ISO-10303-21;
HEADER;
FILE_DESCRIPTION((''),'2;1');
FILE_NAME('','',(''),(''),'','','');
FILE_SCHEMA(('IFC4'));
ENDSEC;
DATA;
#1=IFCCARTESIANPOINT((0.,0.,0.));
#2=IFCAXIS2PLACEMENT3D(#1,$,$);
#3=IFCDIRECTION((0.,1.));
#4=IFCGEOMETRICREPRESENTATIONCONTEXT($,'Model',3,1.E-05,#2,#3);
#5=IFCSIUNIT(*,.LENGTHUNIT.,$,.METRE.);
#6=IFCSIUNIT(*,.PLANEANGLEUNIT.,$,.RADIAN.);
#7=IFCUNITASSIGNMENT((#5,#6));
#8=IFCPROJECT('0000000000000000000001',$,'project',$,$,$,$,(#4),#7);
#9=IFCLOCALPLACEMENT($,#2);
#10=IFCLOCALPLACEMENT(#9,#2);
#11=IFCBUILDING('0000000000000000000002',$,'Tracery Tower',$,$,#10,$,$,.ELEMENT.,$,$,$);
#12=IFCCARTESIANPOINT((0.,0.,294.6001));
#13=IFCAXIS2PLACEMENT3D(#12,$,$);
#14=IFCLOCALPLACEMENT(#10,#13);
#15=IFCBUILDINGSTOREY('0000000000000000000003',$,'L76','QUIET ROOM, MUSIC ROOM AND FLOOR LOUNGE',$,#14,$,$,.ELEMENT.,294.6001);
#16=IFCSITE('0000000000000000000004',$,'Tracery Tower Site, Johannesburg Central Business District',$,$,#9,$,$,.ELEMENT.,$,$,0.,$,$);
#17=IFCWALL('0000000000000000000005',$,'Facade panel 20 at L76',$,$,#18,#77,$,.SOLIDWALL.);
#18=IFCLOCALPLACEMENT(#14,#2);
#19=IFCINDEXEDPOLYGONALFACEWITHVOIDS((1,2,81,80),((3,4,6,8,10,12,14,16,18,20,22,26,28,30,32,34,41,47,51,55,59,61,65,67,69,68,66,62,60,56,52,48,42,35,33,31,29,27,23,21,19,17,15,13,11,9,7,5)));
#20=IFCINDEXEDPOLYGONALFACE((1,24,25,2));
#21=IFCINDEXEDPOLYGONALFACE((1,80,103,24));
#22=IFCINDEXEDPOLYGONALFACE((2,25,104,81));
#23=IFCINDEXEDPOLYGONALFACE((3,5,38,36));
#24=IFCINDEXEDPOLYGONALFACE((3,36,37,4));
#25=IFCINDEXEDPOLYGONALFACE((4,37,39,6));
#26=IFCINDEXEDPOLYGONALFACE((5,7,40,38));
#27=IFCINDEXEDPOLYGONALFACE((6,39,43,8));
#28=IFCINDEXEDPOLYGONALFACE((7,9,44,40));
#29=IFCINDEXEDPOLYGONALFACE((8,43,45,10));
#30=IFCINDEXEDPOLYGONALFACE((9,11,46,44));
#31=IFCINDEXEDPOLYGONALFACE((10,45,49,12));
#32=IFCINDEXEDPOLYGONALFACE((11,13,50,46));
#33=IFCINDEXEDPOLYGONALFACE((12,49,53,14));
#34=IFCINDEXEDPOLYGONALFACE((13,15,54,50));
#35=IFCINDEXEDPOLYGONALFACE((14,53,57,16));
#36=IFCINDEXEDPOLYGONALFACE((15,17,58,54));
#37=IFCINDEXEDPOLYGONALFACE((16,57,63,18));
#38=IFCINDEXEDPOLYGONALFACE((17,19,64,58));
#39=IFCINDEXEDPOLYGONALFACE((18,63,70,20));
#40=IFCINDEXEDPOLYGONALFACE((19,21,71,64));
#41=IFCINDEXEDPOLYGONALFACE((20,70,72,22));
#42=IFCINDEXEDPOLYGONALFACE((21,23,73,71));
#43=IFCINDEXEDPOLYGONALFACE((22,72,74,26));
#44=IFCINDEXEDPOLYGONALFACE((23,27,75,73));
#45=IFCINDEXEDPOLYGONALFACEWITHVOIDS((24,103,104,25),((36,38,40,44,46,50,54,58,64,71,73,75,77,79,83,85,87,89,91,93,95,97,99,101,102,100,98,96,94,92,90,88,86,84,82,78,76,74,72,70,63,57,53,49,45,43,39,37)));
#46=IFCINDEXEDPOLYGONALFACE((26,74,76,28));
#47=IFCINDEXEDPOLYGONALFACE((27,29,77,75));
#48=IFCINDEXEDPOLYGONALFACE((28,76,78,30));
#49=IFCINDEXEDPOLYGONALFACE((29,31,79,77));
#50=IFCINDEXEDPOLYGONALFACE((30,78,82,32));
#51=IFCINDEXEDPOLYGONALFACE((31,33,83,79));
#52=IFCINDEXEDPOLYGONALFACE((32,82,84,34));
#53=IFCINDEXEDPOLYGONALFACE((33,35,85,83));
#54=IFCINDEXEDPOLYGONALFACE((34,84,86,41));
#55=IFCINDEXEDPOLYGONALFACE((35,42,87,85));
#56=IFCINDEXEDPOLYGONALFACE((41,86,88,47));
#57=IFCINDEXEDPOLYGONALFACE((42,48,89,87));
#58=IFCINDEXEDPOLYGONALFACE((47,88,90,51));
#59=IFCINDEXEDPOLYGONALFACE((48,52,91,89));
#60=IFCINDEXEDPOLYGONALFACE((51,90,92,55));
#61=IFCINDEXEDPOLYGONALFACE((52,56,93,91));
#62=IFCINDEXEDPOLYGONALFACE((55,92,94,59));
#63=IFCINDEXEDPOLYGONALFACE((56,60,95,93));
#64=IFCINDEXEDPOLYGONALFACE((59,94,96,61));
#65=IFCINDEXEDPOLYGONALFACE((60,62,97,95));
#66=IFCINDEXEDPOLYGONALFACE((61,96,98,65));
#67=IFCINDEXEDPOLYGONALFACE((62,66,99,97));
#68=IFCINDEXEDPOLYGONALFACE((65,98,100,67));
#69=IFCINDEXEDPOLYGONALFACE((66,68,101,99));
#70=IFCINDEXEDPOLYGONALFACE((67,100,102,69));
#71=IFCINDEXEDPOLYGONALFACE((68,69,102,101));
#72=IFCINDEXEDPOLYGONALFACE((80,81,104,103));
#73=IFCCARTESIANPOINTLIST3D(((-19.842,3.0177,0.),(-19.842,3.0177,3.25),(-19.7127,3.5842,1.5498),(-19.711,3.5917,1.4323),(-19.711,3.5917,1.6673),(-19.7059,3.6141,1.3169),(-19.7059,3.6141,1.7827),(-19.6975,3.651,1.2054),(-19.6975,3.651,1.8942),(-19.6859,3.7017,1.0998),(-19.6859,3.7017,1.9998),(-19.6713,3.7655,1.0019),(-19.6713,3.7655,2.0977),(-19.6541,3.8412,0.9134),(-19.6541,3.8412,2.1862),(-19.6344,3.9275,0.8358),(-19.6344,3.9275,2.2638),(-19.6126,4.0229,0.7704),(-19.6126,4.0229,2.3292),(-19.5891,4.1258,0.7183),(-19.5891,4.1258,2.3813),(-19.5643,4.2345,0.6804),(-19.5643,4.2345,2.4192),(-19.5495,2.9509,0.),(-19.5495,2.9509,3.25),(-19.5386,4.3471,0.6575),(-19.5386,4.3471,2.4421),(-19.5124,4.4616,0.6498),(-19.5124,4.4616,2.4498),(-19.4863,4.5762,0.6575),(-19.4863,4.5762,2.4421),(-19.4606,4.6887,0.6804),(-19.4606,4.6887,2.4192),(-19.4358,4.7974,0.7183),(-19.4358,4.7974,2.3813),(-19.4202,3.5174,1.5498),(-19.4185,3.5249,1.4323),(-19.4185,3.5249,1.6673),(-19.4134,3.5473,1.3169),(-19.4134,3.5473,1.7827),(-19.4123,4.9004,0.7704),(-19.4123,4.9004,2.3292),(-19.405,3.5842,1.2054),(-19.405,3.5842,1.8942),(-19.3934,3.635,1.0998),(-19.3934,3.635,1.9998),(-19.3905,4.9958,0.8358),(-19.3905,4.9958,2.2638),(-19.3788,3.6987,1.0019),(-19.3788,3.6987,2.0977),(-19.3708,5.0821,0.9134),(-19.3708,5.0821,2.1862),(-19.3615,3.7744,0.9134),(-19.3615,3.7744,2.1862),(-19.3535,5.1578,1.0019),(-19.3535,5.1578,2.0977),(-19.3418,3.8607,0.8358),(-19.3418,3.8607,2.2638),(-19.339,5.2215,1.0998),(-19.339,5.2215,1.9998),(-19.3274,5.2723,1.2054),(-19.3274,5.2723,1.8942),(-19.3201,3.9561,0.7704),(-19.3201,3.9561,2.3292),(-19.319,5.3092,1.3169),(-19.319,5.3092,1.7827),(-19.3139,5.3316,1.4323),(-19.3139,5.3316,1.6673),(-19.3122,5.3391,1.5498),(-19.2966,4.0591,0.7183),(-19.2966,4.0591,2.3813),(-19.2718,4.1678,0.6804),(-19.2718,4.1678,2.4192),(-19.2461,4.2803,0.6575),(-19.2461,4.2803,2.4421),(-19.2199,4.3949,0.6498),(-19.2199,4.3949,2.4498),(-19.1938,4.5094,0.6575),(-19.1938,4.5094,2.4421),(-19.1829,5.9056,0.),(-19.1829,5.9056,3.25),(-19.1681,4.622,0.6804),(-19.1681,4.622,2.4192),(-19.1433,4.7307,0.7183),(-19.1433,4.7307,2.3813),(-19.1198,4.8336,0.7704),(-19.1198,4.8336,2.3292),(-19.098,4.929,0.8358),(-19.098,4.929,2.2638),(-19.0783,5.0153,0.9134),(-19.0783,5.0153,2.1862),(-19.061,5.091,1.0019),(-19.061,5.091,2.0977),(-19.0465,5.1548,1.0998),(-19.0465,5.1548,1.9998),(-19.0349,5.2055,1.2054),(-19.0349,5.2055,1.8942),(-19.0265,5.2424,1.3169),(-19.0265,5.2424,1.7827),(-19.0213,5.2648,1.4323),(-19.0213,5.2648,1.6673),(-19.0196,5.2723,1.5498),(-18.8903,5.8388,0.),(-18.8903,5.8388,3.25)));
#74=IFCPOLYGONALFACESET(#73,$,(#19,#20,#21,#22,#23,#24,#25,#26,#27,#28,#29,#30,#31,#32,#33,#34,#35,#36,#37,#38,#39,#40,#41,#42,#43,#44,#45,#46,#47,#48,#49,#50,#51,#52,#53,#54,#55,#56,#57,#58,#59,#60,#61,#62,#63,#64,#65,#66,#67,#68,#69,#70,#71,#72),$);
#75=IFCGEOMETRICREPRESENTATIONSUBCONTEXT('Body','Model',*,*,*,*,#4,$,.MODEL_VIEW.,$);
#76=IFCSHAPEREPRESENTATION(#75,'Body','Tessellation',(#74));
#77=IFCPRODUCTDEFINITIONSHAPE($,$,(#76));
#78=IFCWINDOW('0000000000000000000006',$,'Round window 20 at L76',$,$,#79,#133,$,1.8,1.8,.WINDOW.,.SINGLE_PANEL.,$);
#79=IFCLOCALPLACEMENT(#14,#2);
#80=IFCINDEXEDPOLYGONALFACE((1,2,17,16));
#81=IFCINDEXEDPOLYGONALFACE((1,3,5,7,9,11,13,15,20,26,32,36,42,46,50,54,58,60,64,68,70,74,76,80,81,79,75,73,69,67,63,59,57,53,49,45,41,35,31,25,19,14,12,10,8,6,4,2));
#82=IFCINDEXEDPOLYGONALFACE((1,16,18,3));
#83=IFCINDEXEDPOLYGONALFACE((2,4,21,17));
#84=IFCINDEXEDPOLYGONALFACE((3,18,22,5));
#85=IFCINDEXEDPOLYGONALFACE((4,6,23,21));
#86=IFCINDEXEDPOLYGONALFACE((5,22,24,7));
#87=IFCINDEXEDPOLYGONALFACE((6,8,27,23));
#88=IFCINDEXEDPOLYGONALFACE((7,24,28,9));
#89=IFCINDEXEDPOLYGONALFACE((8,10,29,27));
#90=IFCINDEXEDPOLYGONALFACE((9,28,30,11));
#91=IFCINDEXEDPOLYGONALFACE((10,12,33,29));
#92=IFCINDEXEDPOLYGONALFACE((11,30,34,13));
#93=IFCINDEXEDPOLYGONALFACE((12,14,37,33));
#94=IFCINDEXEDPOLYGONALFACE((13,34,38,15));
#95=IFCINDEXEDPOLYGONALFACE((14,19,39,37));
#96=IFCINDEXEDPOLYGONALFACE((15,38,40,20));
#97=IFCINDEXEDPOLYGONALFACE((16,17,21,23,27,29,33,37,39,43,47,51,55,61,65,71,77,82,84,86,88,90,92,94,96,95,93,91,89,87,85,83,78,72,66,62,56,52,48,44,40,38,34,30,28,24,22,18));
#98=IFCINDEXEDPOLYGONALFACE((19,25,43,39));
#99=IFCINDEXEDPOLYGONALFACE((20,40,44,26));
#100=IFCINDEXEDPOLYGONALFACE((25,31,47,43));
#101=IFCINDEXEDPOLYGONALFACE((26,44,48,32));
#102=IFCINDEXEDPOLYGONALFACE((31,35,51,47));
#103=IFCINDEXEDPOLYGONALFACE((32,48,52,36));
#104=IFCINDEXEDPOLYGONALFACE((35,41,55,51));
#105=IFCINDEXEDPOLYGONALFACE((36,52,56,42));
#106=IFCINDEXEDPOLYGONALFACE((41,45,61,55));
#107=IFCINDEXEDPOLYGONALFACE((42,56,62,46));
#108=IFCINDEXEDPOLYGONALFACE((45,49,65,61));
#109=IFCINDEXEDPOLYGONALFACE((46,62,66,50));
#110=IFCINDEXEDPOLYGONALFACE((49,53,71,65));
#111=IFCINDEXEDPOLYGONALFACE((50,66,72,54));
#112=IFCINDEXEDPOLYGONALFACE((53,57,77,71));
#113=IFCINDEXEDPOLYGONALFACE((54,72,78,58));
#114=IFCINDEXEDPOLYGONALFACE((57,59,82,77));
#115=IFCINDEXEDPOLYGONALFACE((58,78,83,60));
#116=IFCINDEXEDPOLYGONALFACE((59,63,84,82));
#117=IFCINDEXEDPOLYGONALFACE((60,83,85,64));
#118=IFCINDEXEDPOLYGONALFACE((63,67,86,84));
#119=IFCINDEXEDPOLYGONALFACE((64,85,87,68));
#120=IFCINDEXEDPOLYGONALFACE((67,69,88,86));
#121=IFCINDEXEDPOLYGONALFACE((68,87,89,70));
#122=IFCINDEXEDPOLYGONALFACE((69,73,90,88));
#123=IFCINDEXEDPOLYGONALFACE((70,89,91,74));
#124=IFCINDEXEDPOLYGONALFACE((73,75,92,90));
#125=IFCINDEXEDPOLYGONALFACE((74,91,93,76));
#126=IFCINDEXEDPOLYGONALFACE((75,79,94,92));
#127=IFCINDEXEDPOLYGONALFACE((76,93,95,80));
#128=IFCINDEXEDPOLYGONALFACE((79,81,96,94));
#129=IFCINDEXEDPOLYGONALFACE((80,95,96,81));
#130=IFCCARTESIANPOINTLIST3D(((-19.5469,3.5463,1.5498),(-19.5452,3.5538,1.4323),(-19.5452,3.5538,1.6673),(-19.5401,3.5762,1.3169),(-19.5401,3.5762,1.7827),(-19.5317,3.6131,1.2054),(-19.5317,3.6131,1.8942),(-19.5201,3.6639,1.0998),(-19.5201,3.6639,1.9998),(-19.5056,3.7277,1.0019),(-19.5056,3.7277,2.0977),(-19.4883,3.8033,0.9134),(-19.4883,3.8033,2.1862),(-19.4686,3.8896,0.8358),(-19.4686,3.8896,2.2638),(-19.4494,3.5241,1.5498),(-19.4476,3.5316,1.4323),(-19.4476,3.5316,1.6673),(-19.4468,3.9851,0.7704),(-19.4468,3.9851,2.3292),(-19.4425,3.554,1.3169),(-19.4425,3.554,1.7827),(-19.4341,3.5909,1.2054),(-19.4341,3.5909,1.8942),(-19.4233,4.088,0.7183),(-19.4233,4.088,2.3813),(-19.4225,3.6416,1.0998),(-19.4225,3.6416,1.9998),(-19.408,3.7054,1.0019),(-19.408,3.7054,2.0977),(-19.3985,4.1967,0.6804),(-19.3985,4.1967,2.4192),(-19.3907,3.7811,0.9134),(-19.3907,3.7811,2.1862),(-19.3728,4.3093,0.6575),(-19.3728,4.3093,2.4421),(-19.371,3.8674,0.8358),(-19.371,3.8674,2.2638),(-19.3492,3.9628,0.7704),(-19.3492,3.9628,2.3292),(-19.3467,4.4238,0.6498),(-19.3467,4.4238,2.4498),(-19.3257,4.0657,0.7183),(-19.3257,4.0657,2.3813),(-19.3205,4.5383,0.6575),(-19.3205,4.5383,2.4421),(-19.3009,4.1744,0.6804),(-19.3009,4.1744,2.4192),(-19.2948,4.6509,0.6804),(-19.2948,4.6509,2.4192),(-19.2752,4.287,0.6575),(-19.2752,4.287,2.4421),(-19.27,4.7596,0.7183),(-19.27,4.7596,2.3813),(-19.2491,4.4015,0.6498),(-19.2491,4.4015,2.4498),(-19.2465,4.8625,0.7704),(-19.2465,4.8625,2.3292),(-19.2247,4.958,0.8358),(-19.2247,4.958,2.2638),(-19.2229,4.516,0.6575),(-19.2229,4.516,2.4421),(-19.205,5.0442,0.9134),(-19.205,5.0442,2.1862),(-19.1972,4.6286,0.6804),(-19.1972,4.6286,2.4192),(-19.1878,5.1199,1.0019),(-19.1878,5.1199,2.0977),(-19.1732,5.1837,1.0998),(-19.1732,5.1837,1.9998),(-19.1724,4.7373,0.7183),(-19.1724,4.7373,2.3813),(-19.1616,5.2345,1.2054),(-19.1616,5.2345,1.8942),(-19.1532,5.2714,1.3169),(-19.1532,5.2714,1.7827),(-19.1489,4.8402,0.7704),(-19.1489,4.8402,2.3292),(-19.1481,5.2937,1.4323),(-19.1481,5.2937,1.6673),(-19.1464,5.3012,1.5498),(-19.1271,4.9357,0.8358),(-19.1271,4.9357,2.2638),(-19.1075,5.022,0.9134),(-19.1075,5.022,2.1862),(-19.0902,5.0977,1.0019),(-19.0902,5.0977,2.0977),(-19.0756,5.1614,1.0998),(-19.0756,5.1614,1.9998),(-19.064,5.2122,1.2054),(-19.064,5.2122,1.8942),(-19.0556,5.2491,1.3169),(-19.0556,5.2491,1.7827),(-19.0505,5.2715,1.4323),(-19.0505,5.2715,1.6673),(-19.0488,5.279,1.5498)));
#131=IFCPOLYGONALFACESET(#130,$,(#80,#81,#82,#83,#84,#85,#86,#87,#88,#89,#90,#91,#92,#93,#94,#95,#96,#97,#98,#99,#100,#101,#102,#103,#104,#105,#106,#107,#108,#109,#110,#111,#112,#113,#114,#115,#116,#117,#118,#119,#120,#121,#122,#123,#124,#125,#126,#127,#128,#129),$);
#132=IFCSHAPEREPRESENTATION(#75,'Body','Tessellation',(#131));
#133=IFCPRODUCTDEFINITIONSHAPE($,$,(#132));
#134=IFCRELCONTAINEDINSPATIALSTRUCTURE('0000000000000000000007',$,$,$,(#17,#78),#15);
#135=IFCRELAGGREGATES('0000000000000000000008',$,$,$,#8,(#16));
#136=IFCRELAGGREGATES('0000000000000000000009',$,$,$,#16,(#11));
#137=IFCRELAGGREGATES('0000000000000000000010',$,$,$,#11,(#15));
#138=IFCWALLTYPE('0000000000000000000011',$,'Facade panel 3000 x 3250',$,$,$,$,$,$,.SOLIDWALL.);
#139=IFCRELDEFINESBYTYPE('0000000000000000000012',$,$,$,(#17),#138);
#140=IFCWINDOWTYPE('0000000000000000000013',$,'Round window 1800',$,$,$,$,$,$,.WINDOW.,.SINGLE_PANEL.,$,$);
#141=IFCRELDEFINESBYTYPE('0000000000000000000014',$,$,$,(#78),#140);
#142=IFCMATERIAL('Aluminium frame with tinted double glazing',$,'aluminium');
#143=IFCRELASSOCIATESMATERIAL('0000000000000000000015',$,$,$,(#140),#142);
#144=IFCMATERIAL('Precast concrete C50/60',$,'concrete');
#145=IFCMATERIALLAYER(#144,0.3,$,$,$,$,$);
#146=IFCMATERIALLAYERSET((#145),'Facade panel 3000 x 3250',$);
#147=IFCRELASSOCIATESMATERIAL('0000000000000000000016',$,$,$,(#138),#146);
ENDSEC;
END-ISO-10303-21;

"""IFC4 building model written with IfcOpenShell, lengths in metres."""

from ifc_helpers import new_model, si_unit, direction, frame, frame_2d, origin, origin_2d, place, context, subcontext, project, spatial, rectangle, circle, extrude, material, layer, layer_set, type_object, element, fill, save


model = new_model("IFC4")

# Units and contexts
model_context = context("Model", 3, precision=1e-05, world=origin(), true_north=direction((0.0, 1.0)))
body_context = subcontext(model_context, "Body", "Model", "MODEL_VIEW")
ifc_project = project(units=[si_unit("LENGTHUNIT", "METRE"), si_unit("PLANEANGLEUNIT", "RADIAN")], contexts=[model_context])

# Site, building, storey
site_placement = place(None, origin())
site = spatial("IfcSite", under=ifc_project, at=site_placement, Name="Tracery Tower Site, Johannesburg Central Business District", CompositionType="ELEMENT", RefElevation=0.0)
building_placement = place(site_placement, origin())
building = spatial("IfcBuilding", under=site, at=building_placement, Name="Tracery Tower", CompositionType="ELEMENT")
storey_placement = place(building_placement, frame((0.0, 0.0, 294.6001)))
storey = spatial("IfcBuildingStorey", under=building, at=storey_placement, Name="L76", Description="QUIET ROOM, MUSIC ROOM AND FLOOR LOUNGE", CompositionType="ELEMENT", Elevation=294.6001)

# Wall, opening, window
ifc_material_1 = material(Name="Aluminium frame with tinted double glazing", Category="aluminium")
window_type = type_object("IfcWindowType", Name="Round window 1800", PartitioningType="SINGLE_PANEL", PredefinedType="WINDOW", material=ifc_material_1)
ifc_material_2 = material(Name="Precast concrete C50/60", Category="concrete")
ifc_layer_1 = layer(ifc_material_2, 0.3)
ifc_layer_set_1 = layer_set([ifc_layer_1], Name="Facade panel 3000 x 3250")
wall_type_1 = type_object("IfcWallType", Name="Facade panel 3000 x 3250", PredefinedType="SOLIDWALL", material=ifc_layer_set_1)
wall_1_placement = place(storey_placement, frame((-19.0366, 5.8721, 0.0), z_axis=(0.0, 0.0, 1.0), x_axis=(-0.222529, -0.974926, 0.0)))
wall_1 = element("IfcWall", 1, at=wall_1_placement, inside=storey, type_object=wall_type_1, Name="Facade panel 20 at L76", PredefinedType="SOLIDWALL", context=body_context, shape_type="SweptSolid", body=[
    extrude(rectangle(XDim=2.9622, YDim=0.3, at=frame_2d((1.481, 0.0))), origin(), (0.0, 0.0, 1.0), 3.25),
])
opening_1_placement = place(wall_1_placement, frame((1.481, 0.0, 1.5498)))
opening_1 = element("IfcOpeningElement", 2, at=opening_1_placement, cuts=wall_1, PredefinedType="OPENING", context=body_context, shape_type="SweptSolid", body=[
    extrude(circle(Radius=0.9, at=origin_2d()), frame((0.0, 0.1599, 0.0), z_axis=(0.0, -1.0, 0.0), x_axis=(1.0, 0.0, 0.0)), (0.0, 0.0, 1.0), 0.3201),
])
window_1_placement = place(opening_1_placement, origin())
window_1 = element("IfcWindow", 3, at=window_1_placement, inside=storey, type_object=window_type, Name="Round window 20 at L76", OverallHeight=1.8, OverallWidth=1.8, PartitioningType="SINGLE_PANEL", PredefinedType="WINDOW", context=body_context, shape_type="SweptSolid", body=[
    extrude(circle(Radius=0.9, at=origin_2d()), frame((0.0, 0.1201, 0.0), z_axis=(0.0, -1.0, 0.0), x_axis=(1.0, 0.0, 0.0)), (0.0, 0.0, 1.0), 0.1001),
])
fill(opening_1, window_1)

save(model, "model.ifc")
